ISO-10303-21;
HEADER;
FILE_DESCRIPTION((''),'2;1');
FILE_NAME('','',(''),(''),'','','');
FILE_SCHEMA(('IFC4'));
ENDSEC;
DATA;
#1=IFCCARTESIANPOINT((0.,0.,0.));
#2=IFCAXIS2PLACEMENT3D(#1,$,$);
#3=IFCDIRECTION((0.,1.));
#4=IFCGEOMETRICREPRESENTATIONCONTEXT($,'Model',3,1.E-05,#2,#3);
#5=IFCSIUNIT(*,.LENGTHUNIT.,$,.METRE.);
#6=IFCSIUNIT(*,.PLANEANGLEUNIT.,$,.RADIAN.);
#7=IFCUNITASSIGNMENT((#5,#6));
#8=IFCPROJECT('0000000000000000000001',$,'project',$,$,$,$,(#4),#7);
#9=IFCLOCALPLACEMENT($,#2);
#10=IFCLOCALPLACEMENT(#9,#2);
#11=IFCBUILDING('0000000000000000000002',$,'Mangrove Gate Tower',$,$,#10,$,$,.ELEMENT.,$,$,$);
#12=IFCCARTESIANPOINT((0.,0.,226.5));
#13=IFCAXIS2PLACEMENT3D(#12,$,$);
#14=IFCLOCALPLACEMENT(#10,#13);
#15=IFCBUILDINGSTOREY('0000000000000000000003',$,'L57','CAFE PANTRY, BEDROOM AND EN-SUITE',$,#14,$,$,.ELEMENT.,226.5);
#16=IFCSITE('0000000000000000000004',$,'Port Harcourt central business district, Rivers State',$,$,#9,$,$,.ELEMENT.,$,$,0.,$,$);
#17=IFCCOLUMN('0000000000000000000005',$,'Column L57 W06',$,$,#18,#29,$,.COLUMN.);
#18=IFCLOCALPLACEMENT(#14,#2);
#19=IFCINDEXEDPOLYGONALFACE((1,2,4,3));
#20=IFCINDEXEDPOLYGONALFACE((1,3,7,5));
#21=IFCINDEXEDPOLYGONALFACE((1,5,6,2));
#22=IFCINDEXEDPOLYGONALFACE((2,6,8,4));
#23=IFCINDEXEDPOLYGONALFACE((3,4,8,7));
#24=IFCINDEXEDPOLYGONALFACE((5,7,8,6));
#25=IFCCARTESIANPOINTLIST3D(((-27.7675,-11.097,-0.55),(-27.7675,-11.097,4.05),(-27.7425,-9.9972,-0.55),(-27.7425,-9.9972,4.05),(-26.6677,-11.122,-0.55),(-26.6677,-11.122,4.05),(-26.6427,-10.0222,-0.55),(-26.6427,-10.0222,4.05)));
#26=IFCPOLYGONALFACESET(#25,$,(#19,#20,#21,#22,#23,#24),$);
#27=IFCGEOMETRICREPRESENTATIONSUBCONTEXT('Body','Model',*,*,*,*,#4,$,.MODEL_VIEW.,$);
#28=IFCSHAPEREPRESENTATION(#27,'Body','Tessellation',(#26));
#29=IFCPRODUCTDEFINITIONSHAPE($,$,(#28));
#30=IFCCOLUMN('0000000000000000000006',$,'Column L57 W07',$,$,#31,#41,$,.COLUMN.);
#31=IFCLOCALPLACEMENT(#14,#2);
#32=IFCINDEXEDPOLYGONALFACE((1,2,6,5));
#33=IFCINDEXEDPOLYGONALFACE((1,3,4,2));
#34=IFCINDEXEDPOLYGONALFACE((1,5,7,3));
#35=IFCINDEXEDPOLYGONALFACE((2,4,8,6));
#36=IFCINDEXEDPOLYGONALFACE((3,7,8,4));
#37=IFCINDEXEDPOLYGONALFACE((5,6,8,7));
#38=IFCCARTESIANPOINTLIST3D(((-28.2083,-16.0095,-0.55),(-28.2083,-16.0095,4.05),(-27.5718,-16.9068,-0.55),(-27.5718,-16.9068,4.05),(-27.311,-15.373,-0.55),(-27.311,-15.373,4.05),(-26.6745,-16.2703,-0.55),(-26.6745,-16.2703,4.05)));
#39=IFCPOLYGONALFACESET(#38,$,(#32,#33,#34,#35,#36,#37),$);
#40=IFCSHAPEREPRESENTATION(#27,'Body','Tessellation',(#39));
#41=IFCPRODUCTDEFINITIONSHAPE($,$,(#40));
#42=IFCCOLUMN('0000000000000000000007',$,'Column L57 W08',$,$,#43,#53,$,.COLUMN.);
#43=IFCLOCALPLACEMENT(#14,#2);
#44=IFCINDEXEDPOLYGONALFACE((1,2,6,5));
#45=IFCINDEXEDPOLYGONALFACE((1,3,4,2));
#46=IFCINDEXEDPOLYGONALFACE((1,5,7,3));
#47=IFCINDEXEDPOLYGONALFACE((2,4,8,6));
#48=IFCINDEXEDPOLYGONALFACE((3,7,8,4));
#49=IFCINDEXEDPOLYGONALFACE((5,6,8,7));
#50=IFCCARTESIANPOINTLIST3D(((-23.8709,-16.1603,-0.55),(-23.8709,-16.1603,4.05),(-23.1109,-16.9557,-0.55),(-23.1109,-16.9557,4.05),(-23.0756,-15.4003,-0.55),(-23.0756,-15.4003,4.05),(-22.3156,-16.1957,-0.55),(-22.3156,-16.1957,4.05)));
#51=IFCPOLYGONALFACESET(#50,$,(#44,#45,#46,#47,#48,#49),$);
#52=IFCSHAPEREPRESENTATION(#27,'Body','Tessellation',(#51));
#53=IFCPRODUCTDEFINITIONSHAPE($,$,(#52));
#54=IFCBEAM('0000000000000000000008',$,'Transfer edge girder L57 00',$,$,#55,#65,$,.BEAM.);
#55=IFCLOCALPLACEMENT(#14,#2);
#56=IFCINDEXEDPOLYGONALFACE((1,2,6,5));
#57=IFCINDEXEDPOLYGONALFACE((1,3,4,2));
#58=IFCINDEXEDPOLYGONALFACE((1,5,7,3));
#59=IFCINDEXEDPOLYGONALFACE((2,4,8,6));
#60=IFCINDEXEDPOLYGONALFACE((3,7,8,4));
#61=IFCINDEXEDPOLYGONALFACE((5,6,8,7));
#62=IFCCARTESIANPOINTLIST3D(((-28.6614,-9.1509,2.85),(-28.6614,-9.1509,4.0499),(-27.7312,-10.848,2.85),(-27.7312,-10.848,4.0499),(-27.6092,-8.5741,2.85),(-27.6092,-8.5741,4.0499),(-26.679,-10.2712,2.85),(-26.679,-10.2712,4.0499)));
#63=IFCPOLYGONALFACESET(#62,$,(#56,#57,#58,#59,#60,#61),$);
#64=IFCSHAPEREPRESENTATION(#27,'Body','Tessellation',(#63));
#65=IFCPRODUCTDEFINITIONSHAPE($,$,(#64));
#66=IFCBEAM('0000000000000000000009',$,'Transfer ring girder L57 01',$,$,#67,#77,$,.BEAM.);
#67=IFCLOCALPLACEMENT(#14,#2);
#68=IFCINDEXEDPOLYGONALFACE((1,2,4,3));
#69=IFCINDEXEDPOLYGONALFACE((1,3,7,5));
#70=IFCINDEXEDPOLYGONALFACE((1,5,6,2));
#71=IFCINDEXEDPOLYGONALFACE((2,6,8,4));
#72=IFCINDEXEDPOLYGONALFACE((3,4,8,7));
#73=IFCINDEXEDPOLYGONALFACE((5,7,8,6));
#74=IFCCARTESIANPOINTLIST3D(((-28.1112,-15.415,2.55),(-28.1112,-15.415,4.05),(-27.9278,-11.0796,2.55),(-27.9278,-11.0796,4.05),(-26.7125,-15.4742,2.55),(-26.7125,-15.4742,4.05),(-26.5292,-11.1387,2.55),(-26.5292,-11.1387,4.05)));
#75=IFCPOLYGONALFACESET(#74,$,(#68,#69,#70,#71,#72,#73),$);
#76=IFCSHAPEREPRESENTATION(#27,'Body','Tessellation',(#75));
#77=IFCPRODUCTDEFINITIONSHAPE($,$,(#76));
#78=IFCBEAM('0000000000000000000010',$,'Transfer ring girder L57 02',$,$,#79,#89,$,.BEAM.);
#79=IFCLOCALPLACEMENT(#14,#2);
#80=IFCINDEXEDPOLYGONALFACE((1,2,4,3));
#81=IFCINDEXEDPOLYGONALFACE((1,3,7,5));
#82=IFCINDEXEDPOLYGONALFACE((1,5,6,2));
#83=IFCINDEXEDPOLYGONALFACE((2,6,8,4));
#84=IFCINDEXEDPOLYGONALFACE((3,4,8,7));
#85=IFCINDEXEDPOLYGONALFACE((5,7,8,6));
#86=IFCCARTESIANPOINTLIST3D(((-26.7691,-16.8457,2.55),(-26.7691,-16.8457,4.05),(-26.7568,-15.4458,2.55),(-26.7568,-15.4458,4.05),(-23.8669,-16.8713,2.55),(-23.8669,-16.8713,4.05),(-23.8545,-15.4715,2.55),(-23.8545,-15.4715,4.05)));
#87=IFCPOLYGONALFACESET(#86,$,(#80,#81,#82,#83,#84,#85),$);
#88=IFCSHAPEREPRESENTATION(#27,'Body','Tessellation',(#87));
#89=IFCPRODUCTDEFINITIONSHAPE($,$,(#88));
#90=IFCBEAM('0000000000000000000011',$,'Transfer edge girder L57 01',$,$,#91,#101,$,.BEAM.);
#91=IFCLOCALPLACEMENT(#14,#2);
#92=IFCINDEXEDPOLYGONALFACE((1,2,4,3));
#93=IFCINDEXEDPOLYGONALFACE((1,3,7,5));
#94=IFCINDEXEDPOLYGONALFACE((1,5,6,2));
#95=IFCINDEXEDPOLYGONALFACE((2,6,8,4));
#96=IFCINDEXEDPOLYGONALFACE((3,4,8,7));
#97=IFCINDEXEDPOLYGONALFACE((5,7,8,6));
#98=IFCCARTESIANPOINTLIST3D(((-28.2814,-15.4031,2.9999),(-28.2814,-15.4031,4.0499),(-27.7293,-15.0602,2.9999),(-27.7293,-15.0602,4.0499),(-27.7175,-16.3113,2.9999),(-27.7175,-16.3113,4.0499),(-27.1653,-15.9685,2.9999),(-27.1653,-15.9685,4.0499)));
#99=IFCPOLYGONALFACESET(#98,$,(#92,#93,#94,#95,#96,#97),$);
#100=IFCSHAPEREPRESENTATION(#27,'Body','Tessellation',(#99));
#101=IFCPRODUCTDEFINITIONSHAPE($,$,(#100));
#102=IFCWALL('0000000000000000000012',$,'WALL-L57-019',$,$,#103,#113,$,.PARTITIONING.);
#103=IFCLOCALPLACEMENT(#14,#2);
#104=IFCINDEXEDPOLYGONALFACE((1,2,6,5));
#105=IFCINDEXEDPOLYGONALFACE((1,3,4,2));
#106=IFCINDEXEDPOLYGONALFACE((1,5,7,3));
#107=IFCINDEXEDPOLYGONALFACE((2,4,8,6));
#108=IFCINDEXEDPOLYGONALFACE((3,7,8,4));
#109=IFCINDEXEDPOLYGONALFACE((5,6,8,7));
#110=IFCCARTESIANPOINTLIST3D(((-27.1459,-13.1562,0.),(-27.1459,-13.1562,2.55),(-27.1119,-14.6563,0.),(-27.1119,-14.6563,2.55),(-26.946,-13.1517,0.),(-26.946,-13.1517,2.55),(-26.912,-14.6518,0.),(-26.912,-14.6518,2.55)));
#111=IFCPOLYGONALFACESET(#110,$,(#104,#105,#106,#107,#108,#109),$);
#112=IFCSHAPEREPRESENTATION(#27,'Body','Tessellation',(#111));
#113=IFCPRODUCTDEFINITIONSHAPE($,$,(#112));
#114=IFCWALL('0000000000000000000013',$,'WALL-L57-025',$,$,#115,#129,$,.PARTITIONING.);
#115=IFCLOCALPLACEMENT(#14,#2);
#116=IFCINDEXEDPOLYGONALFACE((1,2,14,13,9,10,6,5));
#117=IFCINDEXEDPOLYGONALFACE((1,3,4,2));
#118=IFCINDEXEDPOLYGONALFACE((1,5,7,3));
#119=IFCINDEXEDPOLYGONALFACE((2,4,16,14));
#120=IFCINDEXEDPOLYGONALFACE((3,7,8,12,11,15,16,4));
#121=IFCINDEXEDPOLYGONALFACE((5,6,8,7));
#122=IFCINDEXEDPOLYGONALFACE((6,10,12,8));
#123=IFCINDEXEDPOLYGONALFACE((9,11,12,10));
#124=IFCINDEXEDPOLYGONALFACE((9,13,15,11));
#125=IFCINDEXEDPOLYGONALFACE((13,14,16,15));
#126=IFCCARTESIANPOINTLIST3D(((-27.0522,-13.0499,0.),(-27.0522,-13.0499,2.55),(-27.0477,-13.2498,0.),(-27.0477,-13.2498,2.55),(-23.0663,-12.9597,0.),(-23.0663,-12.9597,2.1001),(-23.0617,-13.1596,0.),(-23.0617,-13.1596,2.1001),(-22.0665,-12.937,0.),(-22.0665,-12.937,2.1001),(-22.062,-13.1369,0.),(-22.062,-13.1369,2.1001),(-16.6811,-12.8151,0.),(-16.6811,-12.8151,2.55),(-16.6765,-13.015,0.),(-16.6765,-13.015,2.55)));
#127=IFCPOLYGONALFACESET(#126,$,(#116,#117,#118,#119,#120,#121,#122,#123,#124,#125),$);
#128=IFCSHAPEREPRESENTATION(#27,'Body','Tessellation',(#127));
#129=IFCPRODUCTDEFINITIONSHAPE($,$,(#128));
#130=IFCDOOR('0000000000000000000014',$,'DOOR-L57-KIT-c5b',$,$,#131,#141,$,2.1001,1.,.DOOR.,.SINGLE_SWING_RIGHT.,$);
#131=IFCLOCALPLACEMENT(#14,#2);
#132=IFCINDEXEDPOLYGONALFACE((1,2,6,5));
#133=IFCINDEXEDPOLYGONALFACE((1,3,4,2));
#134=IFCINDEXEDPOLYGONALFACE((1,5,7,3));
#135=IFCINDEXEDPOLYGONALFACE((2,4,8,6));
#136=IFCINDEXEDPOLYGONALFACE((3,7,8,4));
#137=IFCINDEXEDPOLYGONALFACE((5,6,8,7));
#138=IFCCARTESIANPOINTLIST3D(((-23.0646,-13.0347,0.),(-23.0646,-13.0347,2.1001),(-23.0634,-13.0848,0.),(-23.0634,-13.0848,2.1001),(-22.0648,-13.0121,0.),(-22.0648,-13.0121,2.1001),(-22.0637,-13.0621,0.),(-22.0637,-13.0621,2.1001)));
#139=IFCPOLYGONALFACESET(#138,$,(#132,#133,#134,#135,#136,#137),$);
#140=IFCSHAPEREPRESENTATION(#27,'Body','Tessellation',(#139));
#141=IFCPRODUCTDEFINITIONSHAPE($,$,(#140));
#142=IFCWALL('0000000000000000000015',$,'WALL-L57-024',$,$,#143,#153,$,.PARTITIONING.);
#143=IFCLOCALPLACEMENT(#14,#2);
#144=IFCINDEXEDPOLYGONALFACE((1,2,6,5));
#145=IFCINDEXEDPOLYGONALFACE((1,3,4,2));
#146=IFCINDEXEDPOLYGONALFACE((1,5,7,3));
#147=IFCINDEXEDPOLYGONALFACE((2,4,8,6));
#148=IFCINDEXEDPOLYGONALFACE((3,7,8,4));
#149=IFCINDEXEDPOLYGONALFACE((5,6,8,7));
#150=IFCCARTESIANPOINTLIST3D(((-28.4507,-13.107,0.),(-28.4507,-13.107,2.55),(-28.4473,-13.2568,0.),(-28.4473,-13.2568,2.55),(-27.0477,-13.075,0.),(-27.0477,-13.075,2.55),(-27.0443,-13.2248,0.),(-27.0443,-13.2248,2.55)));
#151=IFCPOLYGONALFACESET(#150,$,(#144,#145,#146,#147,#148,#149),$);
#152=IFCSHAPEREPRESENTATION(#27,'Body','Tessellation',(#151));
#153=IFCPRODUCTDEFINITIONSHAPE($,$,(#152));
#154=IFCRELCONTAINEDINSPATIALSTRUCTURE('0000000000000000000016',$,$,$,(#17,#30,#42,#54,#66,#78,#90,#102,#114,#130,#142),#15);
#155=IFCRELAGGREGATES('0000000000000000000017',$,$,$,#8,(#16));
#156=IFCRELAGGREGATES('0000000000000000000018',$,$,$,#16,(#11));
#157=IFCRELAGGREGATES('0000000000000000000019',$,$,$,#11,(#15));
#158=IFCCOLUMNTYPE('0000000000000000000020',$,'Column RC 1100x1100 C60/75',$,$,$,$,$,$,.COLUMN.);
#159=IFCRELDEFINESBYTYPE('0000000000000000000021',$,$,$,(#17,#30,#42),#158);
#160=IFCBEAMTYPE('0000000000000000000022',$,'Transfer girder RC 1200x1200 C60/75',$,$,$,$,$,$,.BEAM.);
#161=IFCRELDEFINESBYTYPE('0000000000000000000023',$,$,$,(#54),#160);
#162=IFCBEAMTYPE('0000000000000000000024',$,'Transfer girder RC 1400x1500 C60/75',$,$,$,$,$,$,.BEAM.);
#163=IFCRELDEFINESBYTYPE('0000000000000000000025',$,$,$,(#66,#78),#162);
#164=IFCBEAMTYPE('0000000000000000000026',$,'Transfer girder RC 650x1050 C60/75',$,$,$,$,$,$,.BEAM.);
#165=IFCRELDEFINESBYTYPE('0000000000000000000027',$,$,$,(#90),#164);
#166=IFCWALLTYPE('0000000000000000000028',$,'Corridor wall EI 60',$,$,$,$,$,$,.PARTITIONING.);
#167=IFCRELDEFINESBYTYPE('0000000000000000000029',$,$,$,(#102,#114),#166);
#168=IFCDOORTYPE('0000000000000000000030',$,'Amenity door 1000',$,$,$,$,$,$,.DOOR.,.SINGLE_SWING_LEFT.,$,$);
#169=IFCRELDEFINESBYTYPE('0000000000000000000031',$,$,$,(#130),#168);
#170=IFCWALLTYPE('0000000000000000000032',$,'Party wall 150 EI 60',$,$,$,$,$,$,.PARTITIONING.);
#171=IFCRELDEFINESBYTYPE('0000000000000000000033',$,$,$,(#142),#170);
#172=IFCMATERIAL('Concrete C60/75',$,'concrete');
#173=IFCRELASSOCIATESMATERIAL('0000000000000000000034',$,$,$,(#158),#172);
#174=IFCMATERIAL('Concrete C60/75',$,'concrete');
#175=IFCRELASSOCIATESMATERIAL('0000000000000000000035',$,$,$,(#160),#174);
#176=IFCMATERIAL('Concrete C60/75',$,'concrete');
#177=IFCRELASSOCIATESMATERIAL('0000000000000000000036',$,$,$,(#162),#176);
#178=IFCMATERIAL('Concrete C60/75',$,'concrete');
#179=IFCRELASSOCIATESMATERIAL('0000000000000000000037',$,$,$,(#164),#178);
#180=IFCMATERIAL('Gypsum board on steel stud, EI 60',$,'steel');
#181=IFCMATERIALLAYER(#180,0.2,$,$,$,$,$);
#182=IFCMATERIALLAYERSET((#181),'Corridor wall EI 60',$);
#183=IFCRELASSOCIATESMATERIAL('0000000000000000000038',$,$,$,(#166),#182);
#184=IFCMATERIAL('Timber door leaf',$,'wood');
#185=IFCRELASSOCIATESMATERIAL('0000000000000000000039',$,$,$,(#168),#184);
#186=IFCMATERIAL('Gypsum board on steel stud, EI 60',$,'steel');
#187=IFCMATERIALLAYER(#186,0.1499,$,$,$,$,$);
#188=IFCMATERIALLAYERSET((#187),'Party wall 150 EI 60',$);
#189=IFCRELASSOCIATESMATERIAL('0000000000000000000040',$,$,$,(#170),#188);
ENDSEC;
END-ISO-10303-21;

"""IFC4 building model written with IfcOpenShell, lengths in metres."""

from ifc_helpers import new_model, si_unit, direction, frame, frame_2d, origin, origin_2d, place, context, subcontext, project, spatial, rectangle, extrude, material, layer, layer_set, material_profile, profile_set, type_object, element, fill, save


model = new_model("IFC4")

# Units and contexts
model_context = context("Model", 3, precision=1e-05, world=origin(), true_north=direction((0.0, 1.0)))
body_context = subcontext(model_context, "Body", "Model", "MODEL_VIEW")
ifc_project = project(units=[si_unit("LENGTHUNIT", "METRE"), si_unit("PLANEANGLEUNIT", "RADIAN")], contexts=[model_context])

# Site, building, storey
site_placement = place(None, origin())
site = spatial("IfcSite", under=ifc_project, at=site_placement, Name="Port Harcourt central business district, Rivers State", CompositionType="ELEMENT", RefElevation=0.0)
building_placement = place(site_placement, origin())
building = spatial("IfcBuilding", under=site, at=building_placement, Name="Mangrove Gate Tower", CompositionType="ELEMENT")
storey_placement = place(building_placement, frame((0.0, 0.0, 226.5)))
storey = spatial("IfcBuildingStorey", under=building, at=storey_placement, Name="L57", Description="CAFE PANTRY, BEDROOM AND EN-SUITE", CompositionType="ELEMENT", Elevation=226.5)

# Columns
ifc_material_1 = material(Name="Concrete C60/75", Category="concrete")
ifc_material_profile_1 = material_profile(ifc_material_1, rectangle(XDim=1.1001, YDim=1.1001, at=origin_2d()))
ifc_profile_set_1 = profile_set([ifc_material_profile_1], Name="Concrete C60/75")
column_type = type_object("IfcColumnType", Name="Column RC 1100x1100 C60/75", PredefinedType="COLUMN", material=ifc_profile_set_1)
for number, where, z_axis, x_axis, name in (
    (1, (-27.2051, -10.5596, -0.55), (0.0, 0.0, 1.0), (-0.02275, -0.999741, 0.0), "Column L57 W06"),
    (2, (-27.4414, -16.1399, -0.55), (0.0, 0.0, 1.0), (0.578578, -0.815627, 0.0), "Column L57 W07"),
    (3, (-23.0933, -16.178, -0.55), (0.0, 0.0, 1.0), (0.690854, -0.722994, 0.0), "Column L57 W08"),
):
    element("IfcColumn", number, at=place(storey_placement, frame(where, z_axis=z_axis, x_axis=x_axis)), inside=storey, type_object=column_type, Name=name, PredefinedType="COLUMN", context=body_context, shape_type="SweptSolid", body=[
        extrude(rectangle(XDim=1.1001, YDim=1.1001, at=origin_2d()), origin(), (0.0, 0.0, 1.0), 4.6001),
    ])

# Beams
ifc_material_2 = material(Name="Concrete C60/75", Category="concrete")
ifc_material_profile_2 = material_profile(ifc_material_2, rectangle(XDim=1.2, YDim=1.2, at=origin_2d()))
ifc_profile_set_2 = profile_set([ifc_material_profile_2], Name="Concrete C60/75")
beam_type_1 = type_object("IfcBeamType", Name="Transfer girder RC 1200x1200 C60/75", PredefinedType="BEAM", material=ifc_profile_set_2)
beam_1_placement = place(storey_placement, frame((-27.2051, -10.5596, 3.45), z_axis=(-0.480654, 0.87691, 0.0), x_axis=(-0.87691, -0.480654, 0.0)))
element("IfcBeam", 4, at=beam_1_placement, inside=storey, type_object=beam_type_1, Name="Transfer edge girder L57 00", PredefinedType="BEAM", context=body_context, shape_type="SweptSolid", body=[
    extrude(rectangle(XDim=1.2, YDim=1.2, at=origin_2d()), origin(), (0.0, 0.0, 1.0), 1.9353),
])
ifc_material_3 = material(Name="Concrete C60/75", Category="concrete")
ifc_material_profile_3 = material_profile(ifc_material_3, rectangle(XDim=1.3999, YDim=1.5, at=origin_2d()))
ifc_profile_set_3 = profile_set([ifc_material_profile_3], Name="Concrete C60/75")
beam_type_2 = type_object("IfcBeamType", Name="Transfer girder RC 1400x1500 C60/75", PredefinedType="BEAM", material=ifc_profile_set_3)
beam_2_placement = place(storey_placement, frame((-27.2285, -11.1091, 3.3), z_axis=(-0.042253, -0.999107, 0.0), x_axis=(0.999107, -0.042253, 0.0)))
element("IfcBeam", 5, at=beam_2_placement, inside=storey, type_object=beam_type_2, Name="Transfer ring girder L57 01", PredefinedType="BEAM", context=body_context, shape_type="SweptSolid", body=[
    extrude(rectangle(XDim=1.3999, YDim=1.5, at=origin_2d()), origin(), (0.0, 0.0, 1.0), 4.3394),
])
beam_3_placement = place(storey_placement, frame((-26.7629, -16.1458, 3.3), z_axis=(0.999961, -0.008832, 0.0), x_axis=(0.008832, 0.999961, 0.0)))
element("IfcBeam", 6, at=beam_3_placement, inside=storey, type_object=beam_type_2, Name="Transfer ring girder L57 02", PredefinedType="BEAM", context=body_context, shape_type="SweptSolid", body=[
    extrude(rectangle(XDim=1.3999, YDim=1.5, at=origin_2d()), origin(), (0.0, 0.0, 1.0), 2.9023),
])
ifc_material_4 = material(Name="Concrete C60/75", Category="concrete")
ifc_material_profile_4 = material_profile(ifc_material_4, rectangle(XDim=0.6499, YDim=1.05, at=origin_2d()))
ifc_profile_set_4 = profile_set([ifc_material_profile_4], Name="Concrete C60/75")
beam_type_3 = type_object("IfcBeamType", Name="Transfer girder RC 650x1050 C60/75", PredefinedType="BEAM", material=ifc_profile_set_4)
beam_4_placement = place(storey_placement, frame((-27.4414, -16.1399, 3.5249), z_axis=(-0.527533, 0.849534, 0.0), x_axis=(-0.849534, -0.527533, 0.0)))
element("IfcBeam", 7, at=beam_4_placement, inside=storey, type_object=beam_type_3, Name="Transfer edge girder L57 01", PredefinedType="BEAM", context=body_context, shape_type="SweptSolid", body=[
    extrude(rectangle(XDim=0.6499, YDim=1.05, at=origin_2d()), origin(), (0.0, 0.0, 1.0), 1.0691),
])

# Wall
ifc_material_5 = material(Name="Gypsum board on steel stud, EI 60", Category="steel")
ifc_layer_1 = layer(ifc_material_5, 0.2)
ifc_layer_set_1 = layer_set([ifc_layer_1], Name="Corridor wall EI 60")
wall_type_1 = type_object("IfcWallType", Name="Corridor wall EI 60", PredefinedType="PARTITIONING", material=ifc_layer_set_1)
wall_1_placement = place(storey_placement, frame((-27.012, -14.6541, 0.0), z_axis=(0.0, 0.0, 1.0), x_axis=(-0.022618, 0.999744, 0.0)))
element("IfcWall", 8, at=wall_1_placement, inside=storey, type_object=wall_type_1, Name="WALL-L57-019", PredefinedType="PARTITIONING", context=body_context, shape_type="SweptSolid", body=[
    extrude(rectangle(XDim=1.5005, YDim=0.2, at=frame_2d((0.7502, 0.0))), origin(), (0.0, 0.0, 1.0), 2.55),
])

# Shared definitions
ifc_material_6 = material(Name="Timber door leaf", Category="wood")
door_type_1 = type_object("IfcDoorType", Name="Amenity door 1000", OperationType="SINGLE_SWING_LEFT", PredefinedType="DOOR", material=ifc_material_6)

# Wall, opening, door
wall_2_placement = place(storey_placement, frame((-27.05, -13.1499, 0.0), z_axis=(0.0, 0.0, 1.0), x_axis=(0.999744, 0.02264, 0.0)))
wall_2 = element("IfcWall", 9, at=wall_2_placement, inside=storey, type_object=wall_type_1, Name="WALL-L57-025", PredefinedType="PARTITIONING", context=body_context, shape_type="SweptSolid", body=[
    extrude(rectangle(XDim=10.3738, YDim=0.2, at=frame_2d((5.187, 0.0))), origin(), (0.0, 0.0, 1.0), 2.55),
])
opening_1_placement = place(wall_2_placement, frame((3.9871, 0.0, 0.0)))
opening_1 = element("IfcOpeningElement", 10, at=opening_1_placement, cuts=wall_2, PredefinedType="OPENING", context=body_context, shape_type="SweptSolid", body=[
    extrude(rectangle(XDim=1.0, YDim=2.1001, at=frame_2d((0.5, 1.05))), frame((0.0, 0.1099, 0.0), z_axis=(0.0, -1.0, 0.0), x_axis=(1.0, 0.0, 0.0)), (0.0, 0.0, 1.0), 0.22),
])
door_1_placement = place(opening_1_placement, origin())
door_1 = element("IfcDoor", 11, at=door_1_placement, inside=storey, type_object=door_type_1, Name="DOOR-L57-KIT-c5b", OperationType="SINGLE_SWING_RIGHT", OverallHeight=2.1001, OverallWidth=1.0, PredefinedType="DOOR", context=body_context, shape_type="SweptSolid", body=[
    extrude(rectangle(XDim=1.0, YDim=2.1001, at=frame_2d((0.5, 1.05))), frame((0.0, 0.0249, 0.0), z_axis=(0.0, -1.0, 0.0), x_axis=(1.0, 0.0, 0.0)), (0.0, 0.0, 1.0), 0.05),
])
fill(opening_1, door_1)

# Wall
ifc_material_7 = material(Name="Gypsum board on steel stud, EI 60", Category="steel")
ifc_layer_2 = layer(ifc_material_7, 0.1499)
ifc_layer_set_2 = layer_set([ifc_layer_2], Name="Party wall 150 EI 60")
wall_type_2 = type_object("IfcWallType", Name="Party wall 150 EI 60", PredefinedType="PARTITIONING", material=ifc_layer_set_2)
wall_3_placement = place(storey_placement, frame((-28.449, -13.1819, 0.0), z_axis=(0.0, 0.0, 1.0), x_axis=(0.99974, 0.022789, 0.0)))
element("IfcWall", 12, at=wall_3_placement, inside=storey, type_object=wall_type_2, Name="WALL-L57-024", PredefinedType="PARTITIONING", context=body_context, shape_type="SweptSolid", body=[
    extrude(rectangle(XDim=1.4033, YDim=0.1499, at=frame_2d((0.7017, 0.0))), origin(), (0.0, 0.0, 1.0), 2.55),
])

save(model, "model.ifc")
